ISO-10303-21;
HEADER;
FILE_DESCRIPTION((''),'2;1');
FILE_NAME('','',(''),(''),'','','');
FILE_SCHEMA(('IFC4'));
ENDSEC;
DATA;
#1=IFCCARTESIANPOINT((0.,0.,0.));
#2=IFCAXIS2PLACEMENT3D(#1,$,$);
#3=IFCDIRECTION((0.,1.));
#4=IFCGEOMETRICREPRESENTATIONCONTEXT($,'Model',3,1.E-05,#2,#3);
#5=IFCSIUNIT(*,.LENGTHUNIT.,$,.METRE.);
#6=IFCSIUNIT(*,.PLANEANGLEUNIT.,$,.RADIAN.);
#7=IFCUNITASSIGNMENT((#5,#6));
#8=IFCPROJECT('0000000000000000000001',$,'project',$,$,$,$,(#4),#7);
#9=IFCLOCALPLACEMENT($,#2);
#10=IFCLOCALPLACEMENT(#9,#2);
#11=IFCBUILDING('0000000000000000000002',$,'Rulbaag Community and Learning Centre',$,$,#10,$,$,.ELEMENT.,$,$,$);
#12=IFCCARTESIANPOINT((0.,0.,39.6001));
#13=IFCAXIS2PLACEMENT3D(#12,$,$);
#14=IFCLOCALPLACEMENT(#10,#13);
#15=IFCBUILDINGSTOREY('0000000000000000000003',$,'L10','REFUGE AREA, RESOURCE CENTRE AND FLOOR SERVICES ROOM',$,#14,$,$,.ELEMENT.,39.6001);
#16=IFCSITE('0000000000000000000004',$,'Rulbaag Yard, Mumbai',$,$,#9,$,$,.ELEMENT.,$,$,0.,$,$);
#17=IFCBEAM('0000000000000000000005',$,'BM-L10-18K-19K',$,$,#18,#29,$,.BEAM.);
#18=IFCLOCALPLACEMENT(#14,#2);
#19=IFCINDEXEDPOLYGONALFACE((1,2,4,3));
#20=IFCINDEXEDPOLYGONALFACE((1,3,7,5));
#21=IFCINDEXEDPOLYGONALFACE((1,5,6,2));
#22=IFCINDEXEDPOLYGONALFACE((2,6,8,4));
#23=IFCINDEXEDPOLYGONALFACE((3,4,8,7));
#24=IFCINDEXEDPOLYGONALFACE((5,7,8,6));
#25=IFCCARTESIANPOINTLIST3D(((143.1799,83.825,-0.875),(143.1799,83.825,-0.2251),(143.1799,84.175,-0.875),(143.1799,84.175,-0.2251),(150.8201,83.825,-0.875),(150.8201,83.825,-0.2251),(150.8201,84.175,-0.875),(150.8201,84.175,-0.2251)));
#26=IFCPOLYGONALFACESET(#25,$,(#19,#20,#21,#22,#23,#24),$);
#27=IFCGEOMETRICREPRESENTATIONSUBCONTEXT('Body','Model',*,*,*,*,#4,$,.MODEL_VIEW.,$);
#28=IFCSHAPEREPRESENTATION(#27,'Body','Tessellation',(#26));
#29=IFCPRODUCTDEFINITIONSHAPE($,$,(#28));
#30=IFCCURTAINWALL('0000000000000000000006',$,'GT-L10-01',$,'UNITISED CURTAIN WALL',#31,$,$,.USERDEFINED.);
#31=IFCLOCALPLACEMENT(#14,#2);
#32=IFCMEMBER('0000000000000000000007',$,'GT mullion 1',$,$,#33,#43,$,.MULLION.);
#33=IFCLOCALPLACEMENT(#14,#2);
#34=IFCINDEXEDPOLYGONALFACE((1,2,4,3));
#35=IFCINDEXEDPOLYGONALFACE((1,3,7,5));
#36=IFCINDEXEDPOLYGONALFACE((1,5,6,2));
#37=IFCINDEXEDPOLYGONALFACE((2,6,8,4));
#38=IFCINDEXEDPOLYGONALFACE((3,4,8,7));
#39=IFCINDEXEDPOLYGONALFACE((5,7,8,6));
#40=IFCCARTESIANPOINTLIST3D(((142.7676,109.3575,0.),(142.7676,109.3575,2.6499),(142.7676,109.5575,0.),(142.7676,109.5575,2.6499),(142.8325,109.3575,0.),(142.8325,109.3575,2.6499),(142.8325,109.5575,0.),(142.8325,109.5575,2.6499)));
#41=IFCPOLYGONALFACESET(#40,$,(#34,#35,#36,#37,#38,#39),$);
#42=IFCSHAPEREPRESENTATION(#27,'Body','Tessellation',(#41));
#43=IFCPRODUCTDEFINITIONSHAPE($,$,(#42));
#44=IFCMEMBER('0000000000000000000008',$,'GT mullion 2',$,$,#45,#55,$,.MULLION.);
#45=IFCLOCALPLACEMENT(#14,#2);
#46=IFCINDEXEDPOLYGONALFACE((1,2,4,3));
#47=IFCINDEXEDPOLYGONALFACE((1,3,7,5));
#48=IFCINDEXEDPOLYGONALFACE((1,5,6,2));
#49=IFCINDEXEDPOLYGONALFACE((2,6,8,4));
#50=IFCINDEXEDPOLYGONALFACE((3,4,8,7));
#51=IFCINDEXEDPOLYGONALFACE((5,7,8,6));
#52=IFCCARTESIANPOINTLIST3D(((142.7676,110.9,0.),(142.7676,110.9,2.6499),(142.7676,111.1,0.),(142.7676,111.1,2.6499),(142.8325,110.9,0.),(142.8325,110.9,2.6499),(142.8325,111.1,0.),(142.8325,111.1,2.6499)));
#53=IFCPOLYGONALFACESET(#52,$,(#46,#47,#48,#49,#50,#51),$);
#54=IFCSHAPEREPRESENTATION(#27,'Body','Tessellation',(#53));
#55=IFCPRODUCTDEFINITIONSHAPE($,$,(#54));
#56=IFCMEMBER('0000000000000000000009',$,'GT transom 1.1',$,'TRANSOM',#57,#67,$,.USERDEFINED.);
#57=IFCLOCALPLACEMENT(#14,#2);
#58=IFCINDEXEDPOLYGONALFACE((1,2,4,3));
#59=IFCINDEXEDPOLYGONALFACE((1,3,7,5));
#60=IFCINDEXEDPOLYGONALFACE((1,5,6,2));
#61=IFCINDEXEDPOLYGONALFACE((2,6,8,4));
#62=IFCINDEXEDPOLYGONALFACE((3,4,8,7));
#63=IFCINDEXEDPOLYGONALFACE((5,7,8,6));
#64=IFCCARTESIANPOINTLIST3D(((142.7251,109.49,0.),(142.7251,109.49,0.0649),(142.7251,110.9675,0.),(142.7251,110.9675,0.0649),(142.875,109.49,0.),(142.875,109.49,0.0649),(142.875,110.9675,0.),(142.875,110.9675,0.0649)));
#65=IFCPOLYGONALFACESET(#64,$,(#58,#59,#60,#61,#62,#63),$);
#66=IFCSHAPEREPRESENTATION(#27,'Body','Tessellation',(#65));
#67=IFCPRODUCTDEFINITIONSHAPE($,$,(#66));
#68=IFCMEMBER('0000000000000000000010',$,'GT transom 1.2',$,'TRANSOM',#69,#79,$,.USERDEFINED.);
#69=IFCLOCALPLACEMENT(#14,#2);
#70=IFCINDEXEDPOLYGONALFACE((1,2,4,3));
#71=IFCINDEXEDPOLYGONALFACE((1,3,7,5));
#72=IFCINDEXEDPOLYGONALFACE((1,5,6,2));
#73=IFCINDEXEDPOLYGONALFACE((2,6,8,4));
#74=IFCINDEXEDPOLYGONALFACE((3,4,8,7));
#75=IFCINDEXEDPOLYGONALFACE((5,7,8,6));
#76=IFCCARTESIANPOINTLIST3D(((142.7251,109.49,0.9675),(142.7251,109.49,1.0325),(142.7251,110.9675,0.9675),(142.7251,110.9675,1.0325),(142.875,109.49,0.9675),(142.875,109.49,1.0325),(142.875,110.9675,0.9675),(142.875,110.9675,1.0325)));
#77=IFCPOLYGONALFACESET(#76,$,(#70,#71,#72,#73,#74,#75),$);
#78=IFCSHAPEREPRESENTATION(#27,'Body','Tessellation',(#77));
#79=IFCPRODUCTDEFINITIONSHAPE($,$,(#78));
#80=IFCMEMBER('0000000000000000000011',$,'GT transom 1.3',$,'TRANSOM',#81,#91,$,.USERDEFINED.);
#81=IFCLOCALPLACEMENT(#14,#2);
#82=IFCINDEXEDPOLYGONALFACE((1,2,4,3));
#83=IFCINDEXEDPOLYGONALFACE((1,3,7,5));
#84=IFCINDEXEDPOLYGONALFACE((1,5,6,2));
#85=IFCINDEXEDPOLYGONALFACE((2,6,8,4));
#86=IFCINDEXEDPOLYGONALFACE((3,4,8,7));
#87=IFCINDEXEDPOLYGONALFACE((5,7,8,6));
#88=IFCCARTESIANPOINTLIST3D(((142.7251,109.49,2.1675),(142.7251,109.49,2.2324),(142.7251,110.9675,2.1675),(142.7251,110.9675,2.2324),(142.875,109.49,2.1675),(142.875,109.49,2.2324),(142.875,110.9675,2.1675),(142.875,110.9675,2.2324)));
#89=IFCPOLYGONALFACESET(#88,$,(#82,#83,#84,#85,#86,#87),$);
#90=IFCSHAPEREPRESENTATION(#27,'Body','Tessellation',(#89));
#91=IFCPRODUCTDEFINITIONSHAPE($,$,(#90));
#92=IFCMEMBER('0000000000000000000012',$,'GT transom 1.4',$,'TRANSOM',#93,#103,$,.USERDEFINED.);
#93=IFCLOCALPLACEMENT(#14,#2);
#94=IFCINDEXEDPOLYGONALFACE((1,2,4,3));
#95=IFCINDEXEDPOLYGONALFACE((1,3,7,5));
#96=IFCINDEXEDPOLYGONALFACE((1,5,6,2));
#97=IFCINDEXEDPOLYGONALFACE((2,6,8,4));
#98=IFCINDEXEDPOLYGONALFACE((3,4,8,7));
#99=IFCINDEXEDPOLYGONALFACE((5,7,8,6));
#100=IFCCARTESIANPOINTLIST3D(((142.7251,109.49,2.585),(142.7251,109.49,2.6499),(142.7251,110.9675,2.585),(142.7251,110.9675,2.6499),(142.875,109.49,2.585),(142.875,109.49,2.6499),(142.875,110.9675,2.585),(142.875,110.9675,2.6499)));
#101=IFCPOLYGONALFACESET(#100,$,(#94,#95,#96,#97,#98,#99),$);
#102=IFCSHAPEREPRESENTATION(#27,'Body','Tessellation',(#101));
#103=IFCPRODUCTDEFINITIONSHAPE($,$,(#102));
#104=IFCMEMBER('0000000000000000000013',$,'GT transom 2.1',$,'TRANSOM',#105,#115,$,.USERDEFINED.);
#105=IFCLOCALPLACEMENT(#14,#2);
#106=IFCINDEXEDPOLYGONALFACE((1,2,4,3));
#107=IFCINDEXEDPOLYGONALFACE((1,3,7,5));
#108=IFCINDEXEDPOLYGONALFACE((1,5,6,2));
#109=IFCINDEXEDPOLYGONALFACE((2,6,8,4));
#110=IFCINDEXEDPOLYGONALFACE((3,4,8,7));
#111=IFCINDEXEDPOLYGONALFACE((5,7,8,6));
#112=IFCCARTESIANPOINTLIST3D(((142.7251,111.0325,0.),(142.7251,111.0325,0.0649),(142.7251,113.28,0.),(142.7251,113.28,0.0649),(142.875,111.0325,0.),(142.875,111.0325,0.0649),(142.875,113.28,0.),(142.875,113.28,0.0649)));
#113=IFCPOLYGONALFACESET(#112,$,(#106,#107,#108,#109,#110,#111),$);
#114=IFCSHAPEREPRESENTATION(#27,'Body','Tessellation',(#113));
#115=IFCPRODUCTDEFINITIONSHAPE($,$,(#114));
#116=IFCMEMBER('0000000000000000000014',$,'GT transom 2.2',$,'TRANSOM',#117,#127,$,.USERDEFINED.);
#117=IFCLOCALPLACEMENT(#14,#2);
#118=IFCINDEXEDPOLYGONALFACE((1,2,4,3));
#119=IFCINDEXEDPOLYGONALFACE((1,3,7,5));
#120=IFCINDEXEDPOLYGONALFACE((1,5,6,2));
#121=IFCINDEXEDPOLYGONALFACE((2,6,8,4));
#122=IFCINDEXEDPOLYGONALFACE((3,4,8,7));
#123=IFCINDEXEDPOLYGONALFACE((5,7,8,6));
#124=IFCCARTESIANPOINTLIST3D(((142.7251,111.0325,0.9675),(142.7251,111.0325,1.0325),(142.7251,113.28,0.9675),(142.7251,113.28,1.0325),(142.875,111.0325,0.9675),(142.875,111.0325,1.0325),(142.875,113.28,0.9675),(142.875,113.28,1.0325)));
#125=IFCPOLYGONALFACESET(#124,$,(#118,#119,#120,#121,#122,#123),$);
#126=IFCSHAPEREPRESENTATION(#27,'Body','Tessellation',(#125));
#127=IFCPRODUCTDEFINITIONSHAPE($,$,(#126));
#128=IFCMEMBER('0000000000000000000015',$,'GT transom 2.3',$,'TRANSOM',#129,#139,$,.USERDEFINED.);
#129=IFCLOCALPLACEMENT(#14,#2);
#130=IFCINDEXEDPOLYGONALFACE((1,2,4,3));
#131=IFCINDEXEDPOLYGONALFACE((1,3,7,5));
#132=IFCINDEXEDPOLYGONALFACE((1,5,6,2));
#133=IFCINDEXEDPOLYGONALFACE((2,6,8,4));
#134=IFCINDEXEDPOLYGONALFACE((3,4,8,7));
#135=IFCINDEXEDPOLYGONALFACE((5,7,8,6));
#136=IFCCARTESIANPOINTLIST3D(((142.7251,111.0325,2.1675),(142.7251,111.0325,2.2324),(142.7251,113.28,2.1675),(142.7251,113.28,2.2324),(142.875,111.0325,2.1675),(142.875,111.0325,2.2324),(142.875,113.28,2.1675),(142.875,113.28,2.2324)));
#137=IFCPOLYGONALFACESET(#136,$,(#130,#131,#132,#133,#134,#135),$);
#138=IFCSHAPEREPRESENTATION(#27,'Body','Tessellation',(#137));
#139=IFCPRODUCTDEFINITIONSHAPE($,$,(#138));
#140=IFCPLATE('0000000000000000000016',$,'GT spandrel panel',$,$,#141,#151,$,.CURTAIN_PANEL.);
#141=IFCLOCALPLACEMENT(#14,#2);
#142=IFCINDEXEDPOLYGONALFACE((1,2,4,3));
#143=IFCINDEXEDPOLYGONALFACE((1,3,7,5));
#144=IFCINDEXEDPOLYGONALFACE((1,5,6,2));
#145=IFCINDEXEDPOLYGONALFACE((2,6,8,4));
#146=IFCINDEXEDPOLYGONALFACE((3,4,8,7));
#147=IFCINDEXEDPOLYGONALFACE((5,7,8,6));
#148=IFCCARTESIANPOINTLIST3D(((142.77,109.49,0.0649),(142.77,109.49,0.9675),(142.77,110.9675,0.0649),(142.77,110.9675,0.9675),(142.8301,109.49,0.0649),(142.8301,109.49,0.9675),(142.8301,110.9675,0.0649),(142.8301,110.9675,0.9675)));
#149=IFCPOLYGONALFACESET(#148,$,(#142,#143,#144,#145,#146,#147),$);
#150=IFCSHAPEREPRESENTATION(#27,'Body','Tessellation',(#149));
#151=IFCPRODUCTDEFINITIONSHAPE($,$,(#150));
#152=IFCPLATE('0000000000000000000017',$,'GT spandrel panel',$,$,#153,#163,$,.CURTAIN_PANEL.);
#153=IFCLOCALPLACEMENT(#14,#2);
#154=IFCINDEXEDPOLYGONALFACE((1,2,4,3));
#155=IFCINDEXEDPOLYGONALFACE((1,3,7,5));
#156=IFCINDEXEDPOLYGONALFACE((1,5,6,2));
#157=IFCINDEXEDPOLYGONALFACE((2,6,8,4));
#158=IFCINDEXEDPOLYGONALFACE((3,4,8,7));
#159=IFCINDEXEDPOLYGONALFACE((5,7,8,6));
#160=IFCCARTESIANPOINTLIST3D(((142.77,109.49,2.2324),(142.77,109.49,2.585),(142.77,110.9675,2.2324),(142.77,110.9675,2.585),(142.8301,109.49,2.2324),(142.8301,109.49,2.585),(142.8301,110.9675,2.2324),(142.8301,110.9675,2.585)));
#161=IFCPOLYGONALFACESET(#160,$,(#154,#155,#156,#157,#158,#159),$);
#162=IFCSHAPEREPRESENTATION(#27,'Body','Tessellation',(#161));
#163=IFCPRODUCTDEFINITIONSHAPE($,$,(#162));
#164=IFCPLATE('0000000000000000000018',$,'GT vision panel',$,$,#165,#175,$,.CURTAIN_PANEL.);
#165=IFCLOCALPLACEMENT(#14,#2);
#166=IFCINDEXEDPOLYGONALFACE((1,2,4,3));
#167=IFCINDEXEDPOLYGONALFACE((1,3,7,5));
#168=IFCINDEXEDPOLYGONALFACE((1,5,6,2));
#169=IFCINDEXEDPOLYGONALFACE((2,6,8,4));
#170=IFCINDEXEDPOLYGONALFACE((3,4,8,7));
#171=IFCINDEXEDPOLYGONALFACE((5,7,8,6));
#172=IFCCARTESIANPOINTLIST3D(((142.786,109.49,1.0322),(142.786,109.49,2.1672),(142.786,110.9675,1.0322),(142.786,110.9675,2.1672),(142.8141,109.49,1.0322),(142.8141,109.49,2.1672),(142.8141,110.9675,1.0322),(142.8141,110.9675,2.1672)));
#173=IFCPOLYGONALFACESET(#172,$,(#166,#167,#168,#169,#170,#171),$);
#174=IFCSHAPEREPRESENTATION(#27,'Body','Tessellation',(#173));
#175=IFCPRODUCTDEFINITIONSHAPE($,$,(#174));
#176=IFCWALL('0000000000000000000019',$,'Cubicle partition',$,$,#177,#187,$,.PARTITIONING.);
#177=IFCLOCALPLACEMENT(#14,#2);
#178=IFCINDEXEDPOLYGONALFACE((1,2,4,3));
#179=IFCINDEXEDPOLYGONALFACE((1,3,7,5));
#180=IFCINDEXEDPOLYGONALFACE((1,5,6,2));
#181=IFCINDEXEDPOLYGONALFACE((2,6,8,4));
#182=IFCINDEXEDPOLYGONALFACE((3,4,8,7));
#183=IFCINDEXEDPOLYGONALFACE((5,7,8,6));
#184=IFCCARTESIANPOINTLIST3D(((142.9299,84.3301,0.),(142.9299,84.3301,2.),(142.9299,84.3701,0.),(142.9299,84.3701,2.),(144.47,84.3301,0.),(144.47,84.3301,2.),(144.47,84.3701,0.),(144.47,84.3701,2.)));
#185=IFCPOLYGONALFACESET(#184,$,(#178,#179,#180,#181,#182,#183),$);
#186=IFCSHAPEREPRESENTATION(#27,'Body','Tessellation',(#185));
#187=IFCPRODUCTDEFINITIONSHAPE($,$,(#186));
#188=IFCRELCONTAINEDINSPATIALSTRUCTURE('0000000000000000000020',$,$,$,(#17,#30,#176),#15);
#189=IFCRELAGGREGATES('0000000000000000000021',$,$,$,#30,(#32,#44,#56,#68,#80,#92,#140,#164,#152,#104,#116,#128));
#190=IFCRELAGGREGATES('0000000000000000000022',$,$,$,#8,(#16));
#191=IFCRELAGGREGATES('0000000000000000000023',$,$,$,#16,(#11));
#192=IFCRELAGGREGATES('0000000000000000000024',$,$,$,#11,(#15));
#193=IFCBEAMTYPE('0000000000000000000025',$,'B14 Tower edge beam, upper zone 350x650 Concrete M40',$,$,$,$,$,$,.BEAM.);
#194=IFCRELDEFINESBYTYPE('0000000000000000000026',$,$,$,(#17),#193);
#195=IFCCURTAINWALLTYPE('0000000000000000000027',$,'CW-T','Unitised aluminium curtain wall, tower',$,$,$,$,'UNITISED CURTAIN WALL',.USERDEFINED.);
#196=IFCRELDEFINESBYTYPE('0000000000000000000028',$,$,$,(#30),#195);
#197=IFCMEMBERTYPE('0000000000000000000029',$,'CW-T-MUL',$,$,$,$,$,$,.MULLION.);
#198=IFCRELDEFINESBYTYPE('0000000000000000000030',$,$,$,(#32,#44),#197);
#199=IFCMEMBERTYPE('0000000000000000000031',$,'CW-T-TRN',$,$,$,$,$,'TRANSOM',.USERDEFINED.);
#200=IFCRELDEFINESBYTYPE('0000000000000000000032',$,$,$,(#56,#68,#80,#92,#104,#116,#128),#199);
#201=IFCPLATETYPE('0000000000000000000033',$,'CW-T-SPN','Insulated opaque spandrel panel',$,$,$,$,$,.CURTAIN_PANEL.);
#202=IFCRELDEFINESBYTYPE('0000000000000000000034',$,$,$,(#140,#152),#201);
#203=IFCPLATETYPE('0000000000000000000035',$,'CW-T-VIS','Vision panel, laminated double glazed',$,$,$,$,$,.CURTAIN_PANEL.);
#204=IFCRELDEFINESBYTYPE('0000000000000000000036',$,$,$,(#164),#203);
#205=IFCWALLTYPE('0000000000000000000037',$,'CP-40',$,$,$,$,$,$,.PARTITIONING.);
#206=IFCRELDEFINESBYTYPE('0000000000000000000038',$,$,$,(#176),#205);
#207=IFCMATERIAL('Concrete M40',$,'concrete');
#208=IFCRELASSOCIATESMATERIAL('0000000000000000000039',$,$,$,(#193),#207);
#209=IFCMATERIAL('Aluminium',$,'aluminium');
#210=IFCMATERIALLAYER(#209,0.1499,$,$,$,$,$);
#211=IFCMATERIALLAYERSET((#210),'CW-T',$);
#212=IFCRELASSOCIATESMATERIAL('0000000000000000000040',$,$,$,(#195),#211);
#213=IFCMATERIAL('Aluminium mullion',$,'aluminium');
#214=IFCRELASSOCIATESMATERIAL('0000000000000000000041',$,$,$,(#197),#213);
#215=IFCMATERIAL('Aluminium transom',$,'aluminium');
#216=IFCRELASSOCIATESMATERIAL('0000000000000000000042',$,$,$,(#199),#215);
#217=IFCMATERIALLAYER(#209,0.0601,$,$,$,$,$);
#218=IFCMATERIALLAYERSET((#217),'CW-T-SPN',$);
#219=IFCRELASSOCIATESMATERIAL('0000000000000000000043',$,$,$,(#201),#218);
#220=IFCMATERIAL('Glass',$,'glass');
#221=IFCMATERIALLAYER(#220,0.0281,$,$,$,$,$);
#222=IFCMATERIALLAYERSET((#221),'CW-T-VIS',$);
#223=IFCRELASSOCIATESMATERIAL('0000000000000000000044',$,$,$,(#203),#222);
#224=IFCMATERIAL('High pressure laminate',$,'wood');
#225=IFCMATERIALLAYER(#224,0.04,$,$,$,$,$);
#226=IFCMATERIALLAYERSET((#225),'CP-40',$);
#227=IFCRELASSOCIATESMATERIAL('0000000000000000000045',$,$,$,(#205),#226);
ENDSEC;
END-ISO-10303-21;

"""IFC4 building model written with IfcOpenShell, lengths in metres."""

from ifc_helpers import new_model, si_unit, direction, frame, frame_2d, origin, origin_2d, place, context, subcontext, project, spatial, rectangle, extrude, material, layer, layer_set, material_profile, profile_set, type_object, element, aggregate, save


model = new_model("IFC4")

# Units and contexts
model_context = context("Model", 3, precision=1e-05, world=origin(), true_north=direction((0.0, 1.0)))
body_context = subcontext(model_context, "Body", "Model", "MODEL_VIEW")
ifc_project = project(units=[si_unit("LENGTHUNIT", "METRE"), si_unit("PLANEANGLEUNIT", "RADIAN")], contexts=[model_context])

# Site, building, storey
site_placement = place(None, origin())
site = spatial("IfcSite", under=ifc_project, at=site_placement, Name="Rulbaag Yard, Mumbai", CompositionType="ELEMENT", RefElevation=0.0)
building_placement = place(site_placement, origin())
building = spatial("IfcBuilding", under=site, at=building_placement, Name="Rulbaag Community and Learning Centre", CompositionType="ELEMENT")
storey_placement = place(building_placement, frame((0.0, 0.0, 39.6001)))
storey = spatial("IfcBuildingStorey", under=building, at=storey_placement, Name="L10", Description="REFUGE AREA, RESOURCE CENTRE AND FLOOR SERVICES ROOM", CompositionType="ELEMENT", Elevation=39.6001)

# Beam
ifc_material_1 = material(Name="Concrete M40", Category="concrete")
ifc_material_profile_1 = material_profile(ifc_material_1, rectangle(XDim=0.3501, YDim=0.6499, at=origin_2d()), Name="RB350x650")
ifc_profile_set_1 = profile_set([ifc_material_profile_1], Name="Concrete M40")
beam_type = type_object("IfcBeamType", Name="B14 Tower edge beam, upper zone 350x650 Concrete M40", PredefinedType="BEAM", material=ifc_profile_set_1)
beam_placement = place(storey_placement, frame((143.1799, 84.0, -0.55), z_axis=(1.0, 0.0, 0.0), x_axis=(0.0, 1.0, 0.0)))
element("IfcBeam", 1, at=beam_placement, inside=storey, type_object=beam_type, Name="BM-L10-18K-19K", PredefinedType="BEAM", context=body_context, shape_type="SweptSolid", body=[
    extrude(rectangle(XDim=0.3501, YDim=0.6499, at=origin_2d()), origin(), (0.0, 0.0, 1.0), 7.6401),
])

# Curtain wall, members, plates
ifc_material_2 = material(Name="Aluminium", Category="aluminium")
ifc_layer_1 = layer(ifc_material_2, 0.1499)
ifc_layer_set_1 = layer_set([ifc_layer_1], Name="CW-T")
curtain_wall_type = type_object("IfcCurtainWallType", Name="CW-T", Description="Unitised aluminium curtain wall, tower", ElementType="UNITISED CURTAIN WALL", PredefinedType="USERDEFINED", material=ifc_layer_set_1)
curtain_wall_placement = place(storey_placement, origin())
curtain_wall = element("IfcCurtainWall", 2, at=curtain_wall_placement, inside=storey, type_object=curtain_wall_type, Name="GT-L10-01", ObjectType="UNITISED CURTAIN WALL", PredefinedType="USERDEFINED")
ifc_material_3 = material(Name="Aluminium mullion", Category="aluminium")
ifc_material_profile_2 = material_profile(ifc_material_3, rectangle(XDim=0.0649, YDim=0.2, at=origin_2d()), Name="AL 65x200")
ifc_profile_set_2 = profile_set([ifc_material_profile_2], Name="Aluminium mullion")
member_type_1 = type_object("IfcMemberType", Name="CW-T-MUL", PredefinedType="MULLION", material=ifc_profile_set_2)
member_1_placement = place(storey_placement, frame((142.8, 109.4575, 0.0), z_axis=(0.0, 0.0, 1.0), x_axis=(-1.0, 0.0, 0.0)))
member_1 = element("IfcMember", 3, at=member_1_placement, type_object=member_type_1, Name="GT mullion 1", PredefinedType="MULLION", context=body_context, shape_type="SweptSolid", body=[
    extrude(rectangle(XDim=0.0649, YDim=0.2, at=origin_2d()), origin(), (0.0, 0.0, 1.0), 2.6499),
])
member_2_placement = place(storey_placement, frame((142.8, 111.0, 0.0), z_axis=(0.0, 0.0, 1.0), x_axis=(-1.0, 0.0, 0.0)))
member_2 = element("IfcMember", 4, at=member_2_placement, type_object=member_type_1, Name="GT mullion 2", PredefinedType="MULLION", context=body_context, shape_type="SweptSolid", body=[
    extrude(rectangle(XDim=0.0649, YDim=0.2, at=origin_2d()), origin(), (0.0, 0.0, 1.0), 2.6499),
])
ifc_material_4 = material(Name="Aluminium transom", Category="aluminium")
ifc_material_profile_3 = material_profile(ifc_material_4, rectangle(XDim=0.1499, YDim=0.0649, at=origin_2d()), Name="AL 65x150 T")
ifc_profile_set_3 = profile_set([ifc_material_profile_3], Name="Aluminium transom")
member_type_2 = type_object("IfcMemberType", Name="CW-T-TRN", ElementType="TRANSOM", PredefinedType="USERDEFINED", material=ifc_profile_set_3)
member_3_placement = place(storey_placement, frame((142.8, 109.49, 0.0325), z_axis=(0.0, 1.0, 0.0), x_axis=(-1.0, 0.0, 0.0)))
member_3 = element("IfcMember", 5, at=member_3_placement, type_object=member_type_2, Name="GT transom 1.1", ObjectType="TRANSOM", PredefinedType="USERDEFINED", context=body_context, shape_type="SweptSolid", body=[
    extrude(rectangle(XDim=0.1499, YDim=0.0649, at=origin_2d()), origin(), (0.0, 0.0, 1.0), 1.4775),
])
member_4_placement = place(storey_placement, frame((142.8, 109.49, 1.0), z_axis=(0.0, 1.0, 0.0), x_axis=(-1.0, 0.0, 0.0)))
member_4 = element("IfcMember", 6, at=member_4_placement, type_object=member_type_2, Name="GT transom 1.2", ObjectType="TRANSOM", PredefinedType="USERDEFINED", context=body_context, shape_type="SweptSolid", body=[
    extrude(rectangle(XDim=0.1499, YDim=0.0649, at=origin_2d()), origin(), (0.0, 0.0, 1.0), 1.4775),
])
member_5_placement = place(storey_placement, frame((142.8, 109.49, 2.2), z_axis=(0.0, 1.0, 0.0), x_axis=(-1.0, 0.0, 0.0)))
member_5 = element("IfcMember", 7, at=member_5_placement, type_object=member_type_2, Name="GT transom 1.3", ObjectType="TRANSOM", PredefinedType="USERDEFINED", context=body_context, shape_type="SweptSolid", body=[
    extrude(rectangle(XDim=0.1499, YDim=0.0649, at=origin_2d()), origin(), (0.0, 0.0, 1.0), 1.4775),
])
member_6_placement = place(storey_placement, frame((142.8, 109.49, 2.6174), z_axis=(0.0, 1.0, 0.0), x_axis=(-1.0, 0.0, 0.0)))
member_6 = element("IfcMember", 8, at=member_6_placement, type_object=member_type_2, Name="GT transom 1.4", ObjectType="TRANSOM", PredefinedType="USERDEFINED", context=body_context, shape_type="SweptSolid", body=[
    extrude(rectangle(XDim=0.1499, YDim=0.0649, at=origin_2d()), origin(), (0.0, 0.0, 1.0), 1.4775),
])
member_7_placement = place(storey_placement, frame((142.8, 111.0325, 0.0325), z_axis=(0.0, 1.0, 0.0), x_axis=(-1.0, 0.0, 0.0)))
member_7 = element("IfcMember", 9, at=member_7_placement, type_object=member_type_2, Name="GT transom 2.1", ObjectType="TRANSOM", PredefinedType="USERDEFINED", context=body_context, shape_type="SweptSolid", body=[
    extrude(rectangle(XDim=0.1499, YDim=0.0649, at=origin_2d()), origin(), (0.0, 0.0, 1.0), 2.2476),
])
member_8_placement = place(storey_placement, frame((142.8, 111.0325, 1.0), z_axis=(0.0, 1.0, 0.0), x_axis=(-1.0, 0.0, 0.0)))
member_8 = element("IfcMember", 10, at=member_8_placement, type_object=member_type_2, Name="GT transom 2.2", ObjectType="TRANSOM", PredefinedType="USERDEFINED", context=body_context, shape_type="SweptSolid", body=[
    extrude(rectangle(XDim=0.1499, YDim=0.0649, at=origin_2d()), origin(), (0.0, 0.0, 1.0), 2.2476),
])
member_9_placement = place(storey_placement, frame((142.8, 111.0325, 2.2), z_axis=(0.0, 1.0, 0.0), x_axis=(-1.0, 0.0, 0.0)))
member_9 = element("IfcMember", 11, at=member_9_placement, type_object=member_type_2, Name="GT transom 2.3", ObjectType="TRANSOM", PredefinedType="USERDEFINED", context=body_context, shape_type="SweptSolid", body=[
    extrude(rectangle(XDim=0.1499, YDim=0.0649, at=origin_2d()), origin(), (0.0, 0.0, 1.0), 2.2476),
])
ifc_layer_2 = layer(ifc_material_2, 0.0601)
ifc_layer_set_2 = layer_set([ifc_layer_2], Name="CW-T-SPN")
plate_type_1 = type_object("IfcPlateType", Name="CW-T-SPN", Description="Insulated opaque spandrel panel", PredefinedType="CURTAIN_PANEL", material=ifc_layer_set_2)
plate_1_placement = place(storey_placement, frame((142.8, 110.2288, 0.0649), z_axis=(0.0, 0.0, 1.0), x_axis=(0.0, 1.0, 0.0)))
plate_1 = element("IfcPlate", 12, at=plate_1_placement, type_object=plate_type_1, Name="GT spandrel panel", PredefinedType="CURTAIN_PANEL", context=body_context, shape_type="SweptSolid", body=[
    extrude(rectangle(XDim=1.4775, YDim=0.0601, at=origin_2d()), origin(), (0.0, 0.0, 1.0), 0.9026),
])
plate_2_placement = place(storey_placement, frame((142.8, 110.2288, 2.2324), z_axis=(0.0, 0.0, 1.0), x_axis=(0.0, 1.0, 0.0)))
plate_2 = element("IfcPlate", 13, at=plate_2_placement, type_object=plate_type_1, Name="GT spandrel panel", PredefinedType="CURTAIN_PANEL", context=body_context, shape_type="SweptSolid", body=[
    extrude(rectangle(XDim=1.4775, YDim=0.0601, at=origin_2d()), origin(), (0.0, 0.0, 1.0), 0.3525),
])
ifc_material_5 = material(Name="Glass", Category="glass")
ifc_layer_3 = layer(ifc_material_5, 0.0281)
ifc_layer_set_3 = layer_set([ifc_layer_3], Name="CW-T-VIS")
plate_type_2 = type_object("IfcPlateType", Name="CW-T-VIS", Description="Vision panel, laminated double glazed", PredefinedType="CURTAIN_PANEL", material=ifc_layer_set_3)
plate_3_placement = place(storey_placement, frame((142.8, 110.2288, 1.0322), z_axis=(0.0, 0.0, 1.0), x_axis=(0.0, 1.0, 0.0)))
plate_3 = element("IfcPlate", 14, at=plate_3_placement, type_object=plate_type_2, Name="GT vision panel", PredefinedType="CURTAIN_PANEL", context=body_context, shape_type="SweptSolid", body=[
    extrude(rectangle(XDim=1.4775, YDim=0.0281, at=origin_2d()), origin(), (0.0, 0.0, 1.0), 1.135),
])
aggregate(curtain_wall, [member_1, member_2, member_3, member_4, member_5, member_6, plate_1, plate_3, plate_2, member_7, member_8, member_9])

# Wall
ifc_material_6 = material(Name="High pressure laminate", Category="wood")
ifc_layer_4 = layer(ifc_material_6, 0.04)
ifc_layer_set_4 = layer_set([ifc_layer_4], Name="CP-40")
wall_type_1 = type_object("IfcWallType", Name="CP-40", PredefinedType="PARTITIONING", material=ifc_layer_set_4)
wall_1_placement = place(storey_placement, frame((142.9299, 84.3501, 0.0), z_axis=(0.0, 0.0, 1.0), x_axis=(1.0, 0.0, 0.0)))
element("IfcWall", 15, at=wall_1_placement, inside=storey, type_object=wall_type_1, Name="Cubicle partition", PredefinedType="PARTITIONING", context=body_context, shape_type="SweptSolid", body=[
    extrude(rectangle(XDim=1.54, YDim=0.04, at=frame_2d((0.77, 0.0))), origin(), (0.0, 0.0, 1.0), 2.0),
])

save(model, "model.ifc")
